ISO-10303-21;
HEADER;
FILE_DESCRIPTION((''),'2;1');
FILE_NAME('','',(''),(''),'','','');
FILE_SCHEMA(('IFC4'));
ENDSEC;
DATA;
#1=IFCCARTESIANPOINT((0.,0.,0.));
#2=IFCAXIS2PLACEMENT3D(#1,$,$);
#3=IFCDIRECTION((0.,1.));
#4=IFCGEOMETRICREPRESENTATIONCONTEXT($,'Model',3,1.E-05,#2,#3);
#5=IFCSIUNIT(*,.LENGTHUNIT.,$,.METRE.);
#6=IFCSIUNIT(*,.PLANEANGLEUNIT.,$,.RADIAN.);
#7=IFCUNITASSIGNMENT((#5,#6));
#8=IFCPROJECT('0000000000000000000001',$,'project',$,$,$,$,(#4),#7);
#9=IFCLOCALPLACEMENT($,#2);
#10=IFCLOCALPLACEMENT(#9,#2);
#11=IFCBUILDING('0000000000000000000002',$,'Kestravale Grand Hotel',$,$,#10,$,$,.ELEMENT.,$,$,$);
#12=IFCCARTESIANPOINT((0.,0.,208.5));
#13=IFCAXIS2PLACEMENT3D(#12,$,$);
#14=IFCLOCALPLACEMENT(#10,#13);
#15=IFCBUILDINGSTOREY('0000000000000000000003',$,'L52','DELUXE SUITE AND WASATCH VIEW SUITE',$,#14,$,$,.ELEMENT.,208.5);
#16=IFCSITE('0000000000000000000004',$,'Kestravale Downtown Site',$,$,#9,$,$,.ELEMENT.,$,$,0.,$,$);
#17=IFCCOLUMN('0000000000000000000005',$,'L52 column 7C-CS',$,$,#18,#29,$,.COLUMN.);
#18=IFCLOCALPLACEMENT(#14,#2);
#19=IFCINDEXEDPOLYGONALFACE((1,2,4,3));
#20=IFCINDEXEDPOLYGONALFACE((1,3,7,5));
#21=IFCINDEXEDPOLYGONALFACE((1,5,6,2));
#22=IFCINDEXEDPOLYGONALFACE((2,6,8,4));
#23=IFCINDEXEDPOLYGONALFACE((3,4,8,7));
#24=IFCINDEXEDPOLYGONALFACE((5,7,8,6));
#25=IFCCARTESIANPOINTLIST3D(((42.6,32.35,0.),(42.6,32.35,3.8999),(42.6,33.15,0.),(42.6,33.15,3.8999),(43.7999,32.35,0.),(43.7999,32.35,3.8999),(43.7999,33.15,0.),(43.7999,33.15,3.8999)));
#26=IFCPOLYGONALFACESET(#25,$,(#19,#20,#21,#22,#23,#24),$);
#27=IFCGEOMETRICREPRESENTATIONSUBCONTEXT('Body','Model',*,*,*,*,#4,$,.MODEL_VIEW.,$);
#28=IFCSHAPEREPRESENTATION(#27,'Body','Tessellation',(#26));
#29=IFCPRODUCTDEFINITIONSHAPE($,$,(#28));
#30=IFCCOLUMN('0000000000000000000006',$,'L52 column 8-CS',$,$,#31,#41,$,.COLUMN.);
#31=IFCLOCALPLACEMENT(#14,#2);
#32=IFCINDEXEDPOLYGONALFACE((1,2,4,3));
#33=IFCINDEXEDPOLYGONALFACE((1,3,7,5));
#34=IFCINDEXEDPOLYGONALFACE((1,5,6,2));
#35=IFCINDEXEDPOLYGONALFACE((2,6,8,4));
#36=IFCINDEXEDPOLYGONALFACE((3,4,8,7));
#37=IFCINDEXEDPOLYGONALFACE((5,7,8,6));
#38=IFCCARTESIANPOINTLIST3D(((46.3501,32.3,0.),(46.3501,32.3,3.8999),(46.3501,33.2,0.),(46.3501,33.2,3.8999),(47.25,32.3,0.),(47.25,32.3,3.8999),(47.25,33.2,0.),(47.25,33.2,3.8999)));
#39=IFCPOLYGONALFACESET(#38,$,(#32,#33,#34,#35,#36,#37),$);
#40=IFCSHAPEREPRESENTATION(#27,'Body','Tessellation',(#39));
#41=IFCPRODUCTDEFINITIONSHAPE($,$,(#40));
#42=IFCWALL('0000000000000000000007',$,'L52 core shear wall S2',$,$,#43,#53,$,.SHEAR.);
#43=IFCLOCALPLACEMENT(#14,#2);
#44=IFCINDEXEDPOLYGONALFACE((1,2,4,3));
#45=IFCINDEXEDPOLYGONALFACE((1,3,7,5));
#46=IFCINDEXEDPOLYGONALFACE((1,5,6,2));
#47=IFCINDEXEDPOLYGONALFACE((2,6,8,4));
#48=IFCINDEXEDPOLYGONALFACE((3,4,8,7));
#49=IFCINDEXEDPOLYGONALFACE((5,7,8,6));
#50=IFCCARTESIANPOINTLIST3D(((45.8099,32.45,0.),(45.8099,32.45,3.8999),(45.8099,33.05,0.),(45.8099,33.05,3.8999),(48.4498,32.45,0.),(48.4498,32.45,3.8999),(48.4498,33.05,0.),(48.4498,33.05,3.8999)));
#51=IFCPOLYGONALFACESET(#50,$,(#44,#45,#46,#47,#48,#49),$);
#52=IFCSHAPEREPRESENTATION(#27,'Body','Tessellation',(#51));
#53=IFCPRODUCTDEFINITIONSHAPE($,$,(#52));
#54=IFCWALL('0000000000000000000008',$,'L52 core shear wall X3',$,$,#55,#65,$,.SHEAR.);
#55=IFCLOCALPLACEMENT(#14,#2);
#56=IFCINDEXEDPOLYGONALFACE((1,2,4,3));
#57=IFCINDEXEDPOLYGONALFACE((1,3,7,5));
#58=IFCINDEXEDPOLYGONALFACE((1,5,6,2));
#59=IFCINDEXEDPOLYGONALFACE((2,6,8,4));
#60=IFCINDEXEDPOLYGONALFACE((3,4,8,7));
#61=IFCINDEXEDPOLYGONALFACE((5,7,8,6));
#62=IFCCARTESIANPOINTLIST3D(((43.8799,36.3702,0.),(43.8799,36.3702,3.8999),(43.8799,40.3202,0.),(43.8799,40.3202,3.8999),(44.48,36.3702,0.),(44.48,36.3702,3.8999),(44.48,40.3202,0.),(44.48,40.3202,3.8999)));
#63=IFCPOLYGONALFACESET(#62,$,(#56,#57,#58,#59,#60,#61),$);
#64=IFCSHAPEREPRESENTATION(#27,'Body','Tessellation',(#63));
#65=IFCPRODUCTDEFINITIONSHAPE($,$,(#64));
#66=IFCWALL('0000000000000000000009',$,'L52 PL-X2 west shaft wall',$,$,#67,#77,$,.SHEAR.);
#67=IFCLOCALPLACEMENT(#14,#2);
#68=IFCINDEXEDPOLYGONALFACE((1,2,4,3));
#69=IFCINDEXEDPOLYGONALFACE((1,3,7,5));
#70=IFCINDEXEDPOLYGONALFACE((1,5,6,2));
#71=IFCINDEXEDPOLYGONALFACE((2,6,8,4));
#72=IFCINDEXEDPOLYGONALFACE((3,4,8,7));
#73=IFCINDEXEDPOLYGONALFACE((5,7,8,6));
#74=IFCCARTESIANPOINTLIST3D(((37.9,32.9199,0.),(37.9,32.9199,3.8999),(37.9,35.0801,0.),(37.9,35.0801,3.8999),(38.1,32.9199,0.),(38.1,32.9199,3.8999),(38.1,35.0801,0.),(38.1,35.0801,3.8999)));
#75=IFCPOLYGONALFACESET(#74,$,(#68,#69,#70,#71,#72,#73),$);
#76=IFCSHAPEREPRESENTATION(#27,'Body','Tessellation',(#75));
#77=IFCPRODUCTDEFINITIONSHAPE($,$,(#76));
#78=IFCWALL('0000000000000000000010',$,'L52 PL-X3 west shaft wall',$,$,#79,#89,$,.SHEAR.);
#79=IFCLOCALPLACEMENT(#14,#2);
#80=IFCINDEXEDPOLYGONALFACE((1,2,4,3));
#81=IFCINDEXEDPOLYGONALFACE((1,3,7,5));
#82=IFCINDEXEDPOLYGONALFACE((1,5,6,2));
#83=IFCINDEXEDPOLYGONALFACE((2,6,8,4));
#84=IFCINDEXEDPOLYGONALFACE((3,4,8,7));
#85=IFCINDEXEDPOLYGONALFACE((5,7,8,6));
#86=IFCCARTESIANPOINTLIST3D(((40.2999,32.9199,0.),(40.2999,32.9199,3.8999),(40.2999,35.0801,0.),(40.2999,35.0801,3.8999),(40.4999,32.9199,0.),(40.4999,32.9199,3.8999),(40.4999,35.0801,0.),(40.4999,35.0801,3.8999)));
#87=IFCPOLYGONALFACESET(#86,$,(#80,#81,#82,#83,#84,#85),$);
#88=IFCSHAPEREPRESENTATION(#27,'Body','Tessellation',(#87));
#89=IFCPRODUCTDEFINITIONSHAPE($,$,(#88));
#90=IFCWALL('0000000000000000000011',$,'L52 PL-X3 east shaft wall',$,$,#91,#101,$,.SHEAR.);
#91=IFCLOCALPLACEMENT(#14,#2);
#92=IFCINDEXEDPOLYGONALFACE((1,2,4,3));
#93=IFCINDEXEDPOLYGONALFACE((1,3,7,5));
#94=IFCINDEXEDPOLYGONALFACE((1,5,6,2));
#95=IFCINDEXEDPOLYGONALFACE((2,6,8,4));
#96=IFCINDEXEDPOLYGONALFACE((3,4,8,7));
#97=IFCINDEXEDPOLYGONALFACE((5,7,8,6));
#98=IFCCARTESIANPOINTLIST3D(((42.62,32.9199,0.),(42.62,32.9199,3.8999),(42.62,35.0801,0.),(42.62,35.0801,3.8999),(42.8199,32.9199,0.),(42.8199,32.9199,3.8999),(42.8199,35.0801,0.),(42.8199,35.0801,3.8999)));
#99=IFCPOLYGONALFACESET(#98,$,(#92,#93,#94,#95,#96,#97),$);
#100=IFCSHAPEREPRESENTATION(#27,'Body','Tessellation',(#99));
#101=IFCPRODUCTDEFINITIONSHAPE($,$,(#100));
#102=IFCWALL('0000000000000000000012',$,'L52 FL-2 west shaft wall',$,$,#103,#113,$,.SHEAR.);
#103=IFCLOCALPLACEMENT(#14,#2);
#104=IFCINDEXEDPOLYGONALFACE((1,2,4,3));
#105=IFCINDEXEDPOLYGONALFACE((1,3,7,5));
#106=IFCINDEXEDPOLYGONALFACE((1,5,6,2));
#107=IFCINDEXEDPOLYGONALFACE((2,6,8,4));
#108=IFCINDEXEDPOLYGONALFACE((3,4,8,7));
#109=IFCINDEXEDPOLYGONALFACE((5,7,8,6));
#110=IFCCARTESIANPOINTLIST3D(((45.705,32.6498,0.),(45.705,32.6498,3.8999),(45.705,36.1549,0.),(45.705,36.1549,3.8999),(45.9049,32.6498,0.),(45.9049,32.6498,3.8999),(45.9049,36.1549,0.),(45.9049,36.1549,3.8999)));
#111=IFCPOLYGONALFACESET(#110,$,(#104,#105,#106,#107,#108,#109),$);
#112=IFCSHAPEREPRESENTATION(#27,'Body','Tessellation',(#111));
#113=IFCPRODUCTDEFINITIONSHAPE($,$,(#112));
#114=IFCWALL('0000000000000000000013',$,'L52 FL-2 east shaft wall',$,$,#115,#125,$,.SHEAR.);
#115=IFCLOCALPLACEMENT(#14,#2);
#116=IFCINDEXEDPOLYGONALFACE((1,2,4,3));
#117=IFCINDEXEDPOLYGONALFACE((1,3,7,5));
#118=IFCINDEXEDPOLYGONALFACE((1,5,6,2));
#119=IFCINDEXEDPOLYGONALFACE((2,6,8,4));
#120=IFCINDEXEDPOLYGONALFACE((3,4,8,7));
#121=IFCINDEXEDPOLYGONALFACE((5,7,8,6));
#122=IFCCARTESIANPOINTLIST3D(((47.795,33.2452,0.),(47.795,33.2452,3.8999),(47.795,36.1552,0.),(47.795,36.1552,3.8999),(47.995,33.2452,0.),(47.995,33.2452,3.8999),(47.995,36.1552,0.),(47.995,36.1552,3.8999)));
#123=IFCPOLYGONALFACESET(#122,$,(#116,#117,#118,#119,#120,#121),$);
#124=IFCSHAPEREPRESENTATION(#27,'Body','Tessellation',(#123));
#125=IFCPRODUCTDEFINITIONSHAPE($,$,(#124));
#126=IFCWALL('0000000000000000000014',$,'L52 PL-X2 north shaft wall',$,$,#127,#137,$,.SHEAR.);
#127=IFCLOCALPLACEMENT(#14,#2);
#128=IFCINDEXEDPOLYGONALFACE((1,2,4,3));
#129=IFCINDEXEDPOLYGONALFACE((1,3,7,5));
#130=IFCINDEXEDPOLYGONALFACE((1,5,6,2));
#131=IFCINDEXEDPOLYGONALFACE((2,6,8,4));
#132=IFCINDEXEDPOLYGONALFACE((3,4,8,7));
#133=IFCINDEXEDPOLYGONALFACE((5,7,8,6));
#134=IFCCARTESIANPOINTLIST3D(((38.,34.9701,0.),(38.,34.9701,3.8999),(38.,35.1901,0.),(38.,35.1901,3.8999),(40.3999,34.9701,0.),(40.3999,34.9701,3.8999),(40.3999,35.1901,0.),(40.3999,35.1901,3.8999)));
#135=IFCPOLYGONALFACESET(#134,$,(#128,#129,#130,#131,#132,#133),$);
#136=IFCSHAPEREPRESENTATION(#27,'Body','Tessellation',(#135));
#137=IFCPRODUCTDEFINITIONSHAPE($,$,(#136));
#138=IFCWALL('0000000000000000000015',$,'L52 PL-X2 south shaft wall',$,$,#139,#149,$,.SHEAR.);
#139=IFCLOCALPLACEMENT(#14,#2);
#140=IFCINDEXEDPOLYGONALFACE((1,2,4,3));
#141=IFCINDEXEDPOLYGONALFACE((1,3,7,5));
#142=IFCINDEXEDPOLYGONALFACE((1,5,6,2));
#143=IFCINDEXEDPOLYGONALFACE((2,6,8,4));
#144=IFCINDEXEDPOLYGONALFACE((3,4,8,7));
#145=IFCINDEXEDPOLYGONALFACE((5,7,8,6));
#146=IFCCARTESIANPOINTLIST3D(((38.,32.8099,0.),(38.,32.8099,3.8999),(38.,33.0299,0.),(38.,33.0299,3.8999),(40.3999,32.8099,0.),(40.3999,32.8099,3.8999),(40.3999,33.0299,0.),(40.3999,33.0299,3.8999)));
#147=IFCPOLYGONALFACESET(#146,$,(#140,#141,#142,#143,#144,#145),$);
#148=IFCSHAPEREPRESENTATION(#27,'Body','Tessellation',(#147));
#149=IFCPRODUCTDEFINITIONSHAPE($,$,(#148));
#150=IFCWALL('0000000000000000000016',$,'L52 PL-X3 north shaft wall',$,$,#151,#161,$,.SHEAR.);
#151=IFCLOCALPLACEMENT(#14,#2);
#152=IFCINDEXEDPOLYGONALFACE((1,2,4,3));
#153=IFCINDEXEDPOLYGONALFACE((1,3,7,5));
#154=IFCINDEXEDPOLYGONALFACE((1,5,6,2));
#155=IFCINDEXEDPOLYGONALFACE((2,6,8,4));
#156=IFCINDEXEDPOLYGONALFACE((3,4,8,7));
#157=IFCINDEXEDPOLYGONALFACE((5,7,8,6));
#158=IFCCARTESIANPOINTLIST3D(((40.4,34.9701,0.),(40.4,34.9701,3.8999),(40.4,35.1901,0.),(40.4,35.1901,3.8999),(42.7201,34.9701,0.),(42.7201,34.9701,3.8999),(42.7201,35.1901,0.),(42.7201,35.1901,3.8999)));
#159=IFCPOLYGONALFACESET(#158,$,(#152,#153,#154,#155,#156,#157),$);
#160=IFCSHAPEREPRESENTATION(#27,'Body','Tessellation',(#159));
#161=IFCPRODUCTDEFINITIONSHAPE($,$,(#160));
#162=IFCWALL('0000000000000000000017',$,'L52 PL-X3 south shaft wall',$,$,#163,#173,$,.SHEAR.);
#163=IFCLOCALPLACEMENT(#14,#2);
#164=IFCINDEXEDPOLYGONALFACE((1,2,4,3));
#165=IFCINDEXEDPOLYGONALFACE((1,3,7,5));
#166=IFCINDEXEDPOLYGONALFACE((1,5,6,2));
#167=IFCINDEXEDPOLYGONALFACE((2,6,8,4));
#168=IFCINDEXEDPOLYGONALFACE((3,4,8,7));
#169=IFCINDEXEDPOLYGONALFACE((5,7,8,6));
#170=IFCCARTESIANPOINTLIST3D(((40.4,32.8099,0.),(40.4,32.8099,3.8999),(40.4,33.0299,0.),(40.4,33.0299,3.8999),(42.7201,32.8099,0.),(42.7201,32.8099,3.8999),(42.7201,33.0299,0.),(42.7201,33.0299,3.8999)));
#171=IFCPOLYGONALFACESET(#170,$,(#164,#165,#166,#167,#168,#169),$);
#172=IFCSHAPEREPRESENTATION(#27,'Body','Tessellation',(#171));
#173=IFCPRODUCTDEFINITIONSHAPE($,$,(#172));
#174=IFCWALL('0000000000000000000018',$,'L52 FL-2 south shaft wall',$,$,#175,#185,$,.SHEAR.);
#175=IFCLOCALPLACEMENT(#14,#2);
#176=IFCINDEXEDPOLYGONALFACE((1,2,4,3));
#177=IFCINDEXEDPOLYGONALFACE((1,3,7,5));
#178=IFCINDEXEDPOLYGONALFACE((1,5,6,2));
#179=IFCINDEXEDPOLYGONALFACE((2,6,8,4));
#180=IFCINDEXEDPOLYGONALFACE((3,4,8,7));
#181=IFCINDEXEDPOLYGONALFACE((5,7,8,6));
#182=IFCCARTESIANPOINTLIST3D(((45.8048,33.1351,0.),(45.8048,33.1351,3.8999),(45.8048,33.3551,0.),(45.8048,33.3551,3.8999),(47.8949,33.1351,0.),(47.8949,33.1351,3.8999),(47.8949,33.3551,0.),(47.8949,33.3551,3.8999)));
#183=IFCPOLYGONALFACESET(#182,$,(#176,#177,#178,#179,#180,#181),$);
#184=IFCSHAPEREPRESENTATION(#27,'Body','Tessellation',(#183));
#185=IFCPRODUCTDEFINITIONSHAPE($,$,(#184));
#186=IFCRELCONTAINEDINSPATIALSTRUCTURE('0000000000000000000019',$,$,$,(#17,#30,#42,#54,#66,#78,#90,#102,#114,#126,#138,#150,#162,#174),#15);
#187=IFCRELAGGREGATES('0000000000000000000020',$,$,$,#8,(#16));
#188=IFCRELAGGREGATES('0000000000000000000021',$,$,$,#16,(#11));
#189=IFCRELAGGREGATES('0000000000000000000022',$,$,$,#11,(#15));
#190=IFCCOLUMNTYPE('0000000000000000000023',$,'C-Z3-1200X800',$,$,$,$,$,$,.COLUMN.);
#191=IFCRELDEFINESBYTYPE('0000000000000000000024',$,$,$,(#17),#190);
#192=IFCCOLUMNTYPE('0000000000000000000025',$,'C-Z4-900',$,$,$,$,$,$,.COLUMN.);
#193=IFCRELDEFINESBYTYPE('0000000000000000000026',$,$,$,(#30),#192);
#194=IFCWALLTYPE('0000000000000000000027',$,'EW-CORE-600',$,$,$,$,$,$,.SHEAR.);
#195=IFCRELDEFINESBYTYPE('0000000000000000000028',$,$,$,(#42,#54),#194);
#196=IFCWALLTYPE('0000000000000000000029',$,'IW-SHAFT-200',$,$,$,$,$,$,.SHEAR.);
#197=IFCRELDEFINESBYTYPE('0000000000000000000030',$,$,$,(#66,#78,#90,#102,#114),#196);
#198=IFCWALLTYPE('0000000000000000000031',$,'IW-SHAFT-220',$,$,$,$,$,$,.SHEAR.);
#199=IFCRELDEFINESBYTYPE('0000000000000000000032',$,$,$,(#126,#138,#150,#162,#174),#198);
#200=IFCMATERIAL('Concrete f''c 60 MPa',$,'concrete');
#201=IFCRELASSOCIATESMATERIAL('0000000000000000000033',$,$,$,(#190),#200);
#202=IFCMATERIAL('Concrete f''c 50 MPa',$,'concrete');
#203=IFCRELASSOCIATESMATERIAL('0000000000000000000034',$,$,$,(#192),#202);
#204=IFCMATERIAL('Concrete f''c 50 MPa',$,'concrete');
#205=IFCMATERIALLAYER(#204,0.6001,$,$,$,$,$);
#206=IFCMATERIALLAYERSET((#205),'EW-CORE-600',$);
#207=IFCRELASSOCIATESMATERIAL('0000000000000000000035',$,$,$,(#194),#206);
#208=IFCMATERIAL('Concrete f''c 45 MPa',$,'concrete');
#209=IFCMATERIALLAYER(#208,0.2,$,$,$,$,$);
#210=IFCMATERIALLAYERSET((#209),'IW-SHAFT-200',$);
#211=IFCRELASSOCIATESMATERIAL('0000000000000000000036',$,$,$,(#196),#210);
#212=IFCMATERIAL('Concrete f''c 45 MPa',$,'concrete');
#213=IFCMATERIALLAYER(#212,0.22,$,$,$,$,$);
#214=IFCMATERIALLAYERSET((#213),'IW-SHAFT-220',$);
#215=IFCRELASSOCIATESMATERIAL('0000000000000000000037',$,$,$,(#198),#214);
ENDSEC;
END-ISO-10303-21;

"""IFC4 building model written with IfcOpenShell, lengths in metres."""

from ifc_helpers import new_model, si_unit, direction, frame, frame_2d, origin, origin_2d, place, context, subcontext, project, spatial, rectangle, extrude, material, layer, layer_set, material_profile, profile_set, type_object, element, save


model = new_model("IFC4")

# Units and contexts
model_context = context("Model", 3, precision=1e-05, world=origin(), true_north=direction((0.0, 1.0)))
body_context = subcontext(model_context, "Body", "Model", "MODEL_VIEW")
ifc_project = project(units=[si_unit("LENGTHUNIT", "METRE"), si_unit("PLANEANGLEUNIT", "RADIAN")], contexts=[model_context])

# Site, building, storey
site_placement = place(None, origin())
site = spatial("IfcSite", under=ifc_project, at=site_placement, Name="Kestravale Downtown Site", CompositionType="ELEMENT", RefElevation=0.0)
building_placement = place(site_placement, origin())
building = spatial("IfcBuilding", under=site, at=building_placement, Name="Kestravale Grand Hotel", CompositionType="ELEMENT")
storey_placement = place(building_placement, frame((0.0, 0.0, 208.5)))
storey = spatial("IfcBuildingStorey", under=building, at=storey_placement, Name="L52", Description="DELUXE SUITE AND WASATCH VIEW SUITE", CompositionType="ELEMENT", Elevation=208.5)

# Columns
ifc_material_1 = material(Name="Concrete f'c 60 MPa", Category="concrete")
ifc_material_profile_1 = material_profile(ifc_material_1, rectangle(XDim=1.2, YDim=0.8, at=origin_2d()))
ifc_profile_set_1 = profile_set([ifc_material_profile_1], Name="Concrete f'c 60 MPa")
column_type_1 = type_object("IfcColumnType", Name="C-Z3-1200X800", PredefinedType="COLUMN", material=ifc_profile_set_1)
column_1_placement = place(storey_placement, frame((43.2, 32.75, 0.0), z_axis=(0.0, 0.0, 1.0), x_axis=(1.0, 0.0, 0.0)))
element("IfcColumn", 1, at=column_1_placement, inside=storey, type_object=column_type_1, Name="L52 column 7C-CS", PredefinedType="COLUMN", context=body_context, shape_type="SweptSolid", body=[
    extrude(rectangle(XDim=1.2, YDim=0.8, at=origin_2d()), origin(), (0.0, 0.0, 1.0), 3.8999),
])
ifc_material_2 = material(Name="Concrete f'c 50 MPa", Category="concrete")
ifc_material_profile_2 = material_profile(ifc_material_2, rectangle(XDim=0.8999, YDim=0.8999, at=origin_2d()))
ifc_profile_set_2 = profile_set([ifc_material_profile_2], Name="Concrete f'c 50 MPa")
column_type_2 = type_object("IfcColumnType", Name="C-Z4-900", PredefinedType="COLUMN", material=ifc_profile_set_2)
column_2_placement = place(storey_placement, frame((46.8, 32.75, 0.0), z_axis=(0.0, 0.0, 1.0), x_axis=(1.0, 0.0, 0.0)))
element("IfcColumn", 2, at=column_2_placement, inside=storey, type_object=column_type_2, Name="L52 column 8-CS", PredefinedType="COLUMN", context=body_context, shape_type="SweptSolid", body=[
    extrude(rectangle(XDim=0.8999, YDim=0.8999, at=origin_2d()), origin(), (0.0, 0.0, 1.0), 3.8999),
])

# Walls
ifc_material_3 = material(Name="Concrete f'c 50 MPa", Category="concrete")
ifc_layer_1 = layer(ifc_material_3, 0.6001)
ifc_layer_set_1 = layer_set([ifc_layer_1], Name="EW-CORE-600")
wall_type_1 = type_object("IfcWallType", Name="EW-CORE-600", PredefinedType="SHEAR", material=ifc_layer_set_1)
wall_1_placement = place(storey_placement, frame((45.8101, 32.75, 0.0), z_axis=(0.0, 0.0, 1.0), x_axis=(1.0, 0.0, 0.0)))
element("IfcWall", 3, at=wall_1_placement, inside=storey, type_object=wall_type_1, Name="L52 core shear wall S2", PredefinedType="SHEAR", context=body_context, shape_type="SweptSolid", body=[
    extrude(rectangle(XDim=2.6399, YDim=0.6001, at=frame_2d((1.3198, 0.0))), origin(), (0.0, 0.0, 1.0), 3.8999),
])
wall_2_placement = place(storey_placement, frame((44.1799, 36.3701, 0.0), z_axis=(0.0, 0.0, 1.0), x_axis=(0.0, 1.0, 0.0)))
element("IfcWall", 4, at=wall_2_placement, inside=storey, type_object=wall_type_1, Name="L52 core shear wall X3", PredefinedType="SHEAR", context=body_context, shape_type="SweptSolid", body=[
    extrude(rectangle(XDim=3.95, YDim=0.6001, at=frame_2d((1.9751, 0.0))), origin(), (0.0, 0.0, 1.0), 3.8999),
])

# Walls
ifc_material_4 = material(Name="Concrete f'c 45 MPa", Category="concrete")
ifc_layer_2 = layer(ifc_material_4, 0.2)
ifc_layer_set_2 = layer_set([ifc_layer_2], Name="IW-SHAFT-200")
wall_type_2 = type_object("IfcWallType", Name="IW-SHAFT-200", PredefinedType="SHEAR", material=ifc_layer_set_2)
for number, where, z_axis, x_axis, name in (
    (5, (38.0, 32.9199, 0.0), (0.0, 0.0, 1.0), (0.0, 1.0, 0.0), "L52 PL-X2 west shaft wall"),
    (6, (40.3999, 32.9199, 0.0), (0.0, 0.0, 1.0), (0.0, 1.0, 0.0), "L52 PL-X3 west shaft wall"),
    (7, (42.72, 32.9199, 0.0), (0.0, 0.0, 1.0), (0.0, 1.0, 0.0), "L52 PL-X3 east shaft wall"),
):
    element("IfcWall", number, at=place(storey_placement, frame(where, z_axis=z_axis, x_axis=x_axis)), inside=storey, type_object=wall_type_2, Name=name, PredefinedType="SHEAR", context=body_context, shape_type="SweptSolid", body=[
        extrude(rectangle(XDim=2.1602, YDim=0.2, at=frame_2d((1.0801, 0.0))), origin(), (0.0, 0.0, 1.0), 3.8999),
    ])
wall_3_placement = place(storey_placement, frame((45.8049, 32.6499, 0.0), z_axis=(0.0, 0.0, 1.0), x_axis=(0.0, 1.0, 0.0)))
element("IfcWall", 8, at=wall_3_placement, inside=storey, type_object=wall_type_2, Name="L52 FL-2 west shaft wall", PredefinedType="SHEAR", context=body_context, shape_type="SweptSolid", body=[
    extrude(rectangle(XDim=3.5051, YDim=0.2, at=frame_2d((1.7524, 0.0))), origin(), (0.0, 0.0, 1.0), 3.8999),
])
wall_4_placement = place(storey_placement, frame((47.895, 33.2451, 0.0), z_axis=(0.0, 0.0, 1.0), x_axis=(0.0, 1.0, 0.0)))
element("IfcWall", 9, at=wall_4_placement, inside=storey, type_object=wall_type_2, Name="L52 FL-2 east shaft wall", PredefinedType="SHEAR", context=body_context, shape_type="SweptSolid", body=[
    extrude(rectangle(XDim=2.9099, YDim=0.2, at=frame_2d((1.4551, 0.0))), origin(), (0.0, 0.0, 1.0), 3.8999),
])

# Shared definitions
ifc_material_5 = material(Name="Concrete f'c 45 MPa", Category="concrete")
ifc_layer_3 = layer(ifc_material_5, 0.22)
ifc_layer_set_3 = layer_set([ifc_layer_3], Name="IW-SHAFT-220")
wall_type_3 = type_object("IfcWallType", Name="IW-SHAFT-220", PredefinedType="SHEAR", material=ifc_layer_set_3)

# Walls
for number, where, z_axis, x_axis, name in (
    (10, (38.0, 35.0801, 0.0), (0.0, 0.0, 1.0), (1.0, 0.0, 0.0), "L52 PL-X2 north shaft wall"),
    (11, (38.0, 32.9199, 0.0), (0.0, 0.0, 1.0), (1.0, 0.0, 0.0), "L52 PL-X2 south shaft wall"),
):
    element("IfcWall", number, at=place(storey_placement, frame(where, z_axis=z_axis, x_axis=x_axis)), inside=storey, type_object=wall_type_3, Name=name, PredefinedType="SHEAR", context=body_context, shape_type="SweptSolid", body=[
        extrude(rectangle(XDim=2.3999, YDim=0.22, at=frame_2d((1.2, 0.0))), origin(), (0.0, 0.0, 1.0), 3.8999),
    ])
for number, where, z_axis, x_axis, name in (
    (12, (40.3999, 35.0801, 0.0), (0.0, 0.0, 1.0), (1.0, 0.0, 0.0), "L52 PL-X3 north shaft wall"),
    (13, (40.3999, 32.9199, 0.0), (0.0, 0.0, 1.0), (1.0, 0.0, 0.0), "L52 PL-X3 south shaft wall"),
):
    element("IfcWall", number, at=place(storey_placement, frame(where, z_axis=z_axis, x_axis=x_axis)), inside=storey, type_object=wall_type_3, Name=name, PredefinedType="SHEAR", context=body_context, shape_type="SweptSolid", body=[
        extrude(rectangle(XDim=2.3201, YDim=0.22, at=frame_2d((1.1602, 0.0))), origin(), (0.0, 0.0, 1.0), 3.8999),
    ])

# Wall
wall_5_placement = place(storey_placement, frame((45.8049, 33.2451, 0.0), z_axis=(0.0, 0.0, 1.0), x_axis=(1.0, 0.0, 0.0)))
element("IfcWall", 14, at=wall_5_placement, inside=storey, type_object=wall_type_3, Name="L52 FL-2 south shaft wall", PredefinedType="SHEAR", context=body_context, shape_type="SweptSolid", body=[
    extrude(rectangle(XDim=2.0901, YDim=0.22, at=frame_2d((1.0449, 0.0))), origin(), (0.0, 0.0, 1.0), 3.8999),
])

save(model, "model.ifc")
